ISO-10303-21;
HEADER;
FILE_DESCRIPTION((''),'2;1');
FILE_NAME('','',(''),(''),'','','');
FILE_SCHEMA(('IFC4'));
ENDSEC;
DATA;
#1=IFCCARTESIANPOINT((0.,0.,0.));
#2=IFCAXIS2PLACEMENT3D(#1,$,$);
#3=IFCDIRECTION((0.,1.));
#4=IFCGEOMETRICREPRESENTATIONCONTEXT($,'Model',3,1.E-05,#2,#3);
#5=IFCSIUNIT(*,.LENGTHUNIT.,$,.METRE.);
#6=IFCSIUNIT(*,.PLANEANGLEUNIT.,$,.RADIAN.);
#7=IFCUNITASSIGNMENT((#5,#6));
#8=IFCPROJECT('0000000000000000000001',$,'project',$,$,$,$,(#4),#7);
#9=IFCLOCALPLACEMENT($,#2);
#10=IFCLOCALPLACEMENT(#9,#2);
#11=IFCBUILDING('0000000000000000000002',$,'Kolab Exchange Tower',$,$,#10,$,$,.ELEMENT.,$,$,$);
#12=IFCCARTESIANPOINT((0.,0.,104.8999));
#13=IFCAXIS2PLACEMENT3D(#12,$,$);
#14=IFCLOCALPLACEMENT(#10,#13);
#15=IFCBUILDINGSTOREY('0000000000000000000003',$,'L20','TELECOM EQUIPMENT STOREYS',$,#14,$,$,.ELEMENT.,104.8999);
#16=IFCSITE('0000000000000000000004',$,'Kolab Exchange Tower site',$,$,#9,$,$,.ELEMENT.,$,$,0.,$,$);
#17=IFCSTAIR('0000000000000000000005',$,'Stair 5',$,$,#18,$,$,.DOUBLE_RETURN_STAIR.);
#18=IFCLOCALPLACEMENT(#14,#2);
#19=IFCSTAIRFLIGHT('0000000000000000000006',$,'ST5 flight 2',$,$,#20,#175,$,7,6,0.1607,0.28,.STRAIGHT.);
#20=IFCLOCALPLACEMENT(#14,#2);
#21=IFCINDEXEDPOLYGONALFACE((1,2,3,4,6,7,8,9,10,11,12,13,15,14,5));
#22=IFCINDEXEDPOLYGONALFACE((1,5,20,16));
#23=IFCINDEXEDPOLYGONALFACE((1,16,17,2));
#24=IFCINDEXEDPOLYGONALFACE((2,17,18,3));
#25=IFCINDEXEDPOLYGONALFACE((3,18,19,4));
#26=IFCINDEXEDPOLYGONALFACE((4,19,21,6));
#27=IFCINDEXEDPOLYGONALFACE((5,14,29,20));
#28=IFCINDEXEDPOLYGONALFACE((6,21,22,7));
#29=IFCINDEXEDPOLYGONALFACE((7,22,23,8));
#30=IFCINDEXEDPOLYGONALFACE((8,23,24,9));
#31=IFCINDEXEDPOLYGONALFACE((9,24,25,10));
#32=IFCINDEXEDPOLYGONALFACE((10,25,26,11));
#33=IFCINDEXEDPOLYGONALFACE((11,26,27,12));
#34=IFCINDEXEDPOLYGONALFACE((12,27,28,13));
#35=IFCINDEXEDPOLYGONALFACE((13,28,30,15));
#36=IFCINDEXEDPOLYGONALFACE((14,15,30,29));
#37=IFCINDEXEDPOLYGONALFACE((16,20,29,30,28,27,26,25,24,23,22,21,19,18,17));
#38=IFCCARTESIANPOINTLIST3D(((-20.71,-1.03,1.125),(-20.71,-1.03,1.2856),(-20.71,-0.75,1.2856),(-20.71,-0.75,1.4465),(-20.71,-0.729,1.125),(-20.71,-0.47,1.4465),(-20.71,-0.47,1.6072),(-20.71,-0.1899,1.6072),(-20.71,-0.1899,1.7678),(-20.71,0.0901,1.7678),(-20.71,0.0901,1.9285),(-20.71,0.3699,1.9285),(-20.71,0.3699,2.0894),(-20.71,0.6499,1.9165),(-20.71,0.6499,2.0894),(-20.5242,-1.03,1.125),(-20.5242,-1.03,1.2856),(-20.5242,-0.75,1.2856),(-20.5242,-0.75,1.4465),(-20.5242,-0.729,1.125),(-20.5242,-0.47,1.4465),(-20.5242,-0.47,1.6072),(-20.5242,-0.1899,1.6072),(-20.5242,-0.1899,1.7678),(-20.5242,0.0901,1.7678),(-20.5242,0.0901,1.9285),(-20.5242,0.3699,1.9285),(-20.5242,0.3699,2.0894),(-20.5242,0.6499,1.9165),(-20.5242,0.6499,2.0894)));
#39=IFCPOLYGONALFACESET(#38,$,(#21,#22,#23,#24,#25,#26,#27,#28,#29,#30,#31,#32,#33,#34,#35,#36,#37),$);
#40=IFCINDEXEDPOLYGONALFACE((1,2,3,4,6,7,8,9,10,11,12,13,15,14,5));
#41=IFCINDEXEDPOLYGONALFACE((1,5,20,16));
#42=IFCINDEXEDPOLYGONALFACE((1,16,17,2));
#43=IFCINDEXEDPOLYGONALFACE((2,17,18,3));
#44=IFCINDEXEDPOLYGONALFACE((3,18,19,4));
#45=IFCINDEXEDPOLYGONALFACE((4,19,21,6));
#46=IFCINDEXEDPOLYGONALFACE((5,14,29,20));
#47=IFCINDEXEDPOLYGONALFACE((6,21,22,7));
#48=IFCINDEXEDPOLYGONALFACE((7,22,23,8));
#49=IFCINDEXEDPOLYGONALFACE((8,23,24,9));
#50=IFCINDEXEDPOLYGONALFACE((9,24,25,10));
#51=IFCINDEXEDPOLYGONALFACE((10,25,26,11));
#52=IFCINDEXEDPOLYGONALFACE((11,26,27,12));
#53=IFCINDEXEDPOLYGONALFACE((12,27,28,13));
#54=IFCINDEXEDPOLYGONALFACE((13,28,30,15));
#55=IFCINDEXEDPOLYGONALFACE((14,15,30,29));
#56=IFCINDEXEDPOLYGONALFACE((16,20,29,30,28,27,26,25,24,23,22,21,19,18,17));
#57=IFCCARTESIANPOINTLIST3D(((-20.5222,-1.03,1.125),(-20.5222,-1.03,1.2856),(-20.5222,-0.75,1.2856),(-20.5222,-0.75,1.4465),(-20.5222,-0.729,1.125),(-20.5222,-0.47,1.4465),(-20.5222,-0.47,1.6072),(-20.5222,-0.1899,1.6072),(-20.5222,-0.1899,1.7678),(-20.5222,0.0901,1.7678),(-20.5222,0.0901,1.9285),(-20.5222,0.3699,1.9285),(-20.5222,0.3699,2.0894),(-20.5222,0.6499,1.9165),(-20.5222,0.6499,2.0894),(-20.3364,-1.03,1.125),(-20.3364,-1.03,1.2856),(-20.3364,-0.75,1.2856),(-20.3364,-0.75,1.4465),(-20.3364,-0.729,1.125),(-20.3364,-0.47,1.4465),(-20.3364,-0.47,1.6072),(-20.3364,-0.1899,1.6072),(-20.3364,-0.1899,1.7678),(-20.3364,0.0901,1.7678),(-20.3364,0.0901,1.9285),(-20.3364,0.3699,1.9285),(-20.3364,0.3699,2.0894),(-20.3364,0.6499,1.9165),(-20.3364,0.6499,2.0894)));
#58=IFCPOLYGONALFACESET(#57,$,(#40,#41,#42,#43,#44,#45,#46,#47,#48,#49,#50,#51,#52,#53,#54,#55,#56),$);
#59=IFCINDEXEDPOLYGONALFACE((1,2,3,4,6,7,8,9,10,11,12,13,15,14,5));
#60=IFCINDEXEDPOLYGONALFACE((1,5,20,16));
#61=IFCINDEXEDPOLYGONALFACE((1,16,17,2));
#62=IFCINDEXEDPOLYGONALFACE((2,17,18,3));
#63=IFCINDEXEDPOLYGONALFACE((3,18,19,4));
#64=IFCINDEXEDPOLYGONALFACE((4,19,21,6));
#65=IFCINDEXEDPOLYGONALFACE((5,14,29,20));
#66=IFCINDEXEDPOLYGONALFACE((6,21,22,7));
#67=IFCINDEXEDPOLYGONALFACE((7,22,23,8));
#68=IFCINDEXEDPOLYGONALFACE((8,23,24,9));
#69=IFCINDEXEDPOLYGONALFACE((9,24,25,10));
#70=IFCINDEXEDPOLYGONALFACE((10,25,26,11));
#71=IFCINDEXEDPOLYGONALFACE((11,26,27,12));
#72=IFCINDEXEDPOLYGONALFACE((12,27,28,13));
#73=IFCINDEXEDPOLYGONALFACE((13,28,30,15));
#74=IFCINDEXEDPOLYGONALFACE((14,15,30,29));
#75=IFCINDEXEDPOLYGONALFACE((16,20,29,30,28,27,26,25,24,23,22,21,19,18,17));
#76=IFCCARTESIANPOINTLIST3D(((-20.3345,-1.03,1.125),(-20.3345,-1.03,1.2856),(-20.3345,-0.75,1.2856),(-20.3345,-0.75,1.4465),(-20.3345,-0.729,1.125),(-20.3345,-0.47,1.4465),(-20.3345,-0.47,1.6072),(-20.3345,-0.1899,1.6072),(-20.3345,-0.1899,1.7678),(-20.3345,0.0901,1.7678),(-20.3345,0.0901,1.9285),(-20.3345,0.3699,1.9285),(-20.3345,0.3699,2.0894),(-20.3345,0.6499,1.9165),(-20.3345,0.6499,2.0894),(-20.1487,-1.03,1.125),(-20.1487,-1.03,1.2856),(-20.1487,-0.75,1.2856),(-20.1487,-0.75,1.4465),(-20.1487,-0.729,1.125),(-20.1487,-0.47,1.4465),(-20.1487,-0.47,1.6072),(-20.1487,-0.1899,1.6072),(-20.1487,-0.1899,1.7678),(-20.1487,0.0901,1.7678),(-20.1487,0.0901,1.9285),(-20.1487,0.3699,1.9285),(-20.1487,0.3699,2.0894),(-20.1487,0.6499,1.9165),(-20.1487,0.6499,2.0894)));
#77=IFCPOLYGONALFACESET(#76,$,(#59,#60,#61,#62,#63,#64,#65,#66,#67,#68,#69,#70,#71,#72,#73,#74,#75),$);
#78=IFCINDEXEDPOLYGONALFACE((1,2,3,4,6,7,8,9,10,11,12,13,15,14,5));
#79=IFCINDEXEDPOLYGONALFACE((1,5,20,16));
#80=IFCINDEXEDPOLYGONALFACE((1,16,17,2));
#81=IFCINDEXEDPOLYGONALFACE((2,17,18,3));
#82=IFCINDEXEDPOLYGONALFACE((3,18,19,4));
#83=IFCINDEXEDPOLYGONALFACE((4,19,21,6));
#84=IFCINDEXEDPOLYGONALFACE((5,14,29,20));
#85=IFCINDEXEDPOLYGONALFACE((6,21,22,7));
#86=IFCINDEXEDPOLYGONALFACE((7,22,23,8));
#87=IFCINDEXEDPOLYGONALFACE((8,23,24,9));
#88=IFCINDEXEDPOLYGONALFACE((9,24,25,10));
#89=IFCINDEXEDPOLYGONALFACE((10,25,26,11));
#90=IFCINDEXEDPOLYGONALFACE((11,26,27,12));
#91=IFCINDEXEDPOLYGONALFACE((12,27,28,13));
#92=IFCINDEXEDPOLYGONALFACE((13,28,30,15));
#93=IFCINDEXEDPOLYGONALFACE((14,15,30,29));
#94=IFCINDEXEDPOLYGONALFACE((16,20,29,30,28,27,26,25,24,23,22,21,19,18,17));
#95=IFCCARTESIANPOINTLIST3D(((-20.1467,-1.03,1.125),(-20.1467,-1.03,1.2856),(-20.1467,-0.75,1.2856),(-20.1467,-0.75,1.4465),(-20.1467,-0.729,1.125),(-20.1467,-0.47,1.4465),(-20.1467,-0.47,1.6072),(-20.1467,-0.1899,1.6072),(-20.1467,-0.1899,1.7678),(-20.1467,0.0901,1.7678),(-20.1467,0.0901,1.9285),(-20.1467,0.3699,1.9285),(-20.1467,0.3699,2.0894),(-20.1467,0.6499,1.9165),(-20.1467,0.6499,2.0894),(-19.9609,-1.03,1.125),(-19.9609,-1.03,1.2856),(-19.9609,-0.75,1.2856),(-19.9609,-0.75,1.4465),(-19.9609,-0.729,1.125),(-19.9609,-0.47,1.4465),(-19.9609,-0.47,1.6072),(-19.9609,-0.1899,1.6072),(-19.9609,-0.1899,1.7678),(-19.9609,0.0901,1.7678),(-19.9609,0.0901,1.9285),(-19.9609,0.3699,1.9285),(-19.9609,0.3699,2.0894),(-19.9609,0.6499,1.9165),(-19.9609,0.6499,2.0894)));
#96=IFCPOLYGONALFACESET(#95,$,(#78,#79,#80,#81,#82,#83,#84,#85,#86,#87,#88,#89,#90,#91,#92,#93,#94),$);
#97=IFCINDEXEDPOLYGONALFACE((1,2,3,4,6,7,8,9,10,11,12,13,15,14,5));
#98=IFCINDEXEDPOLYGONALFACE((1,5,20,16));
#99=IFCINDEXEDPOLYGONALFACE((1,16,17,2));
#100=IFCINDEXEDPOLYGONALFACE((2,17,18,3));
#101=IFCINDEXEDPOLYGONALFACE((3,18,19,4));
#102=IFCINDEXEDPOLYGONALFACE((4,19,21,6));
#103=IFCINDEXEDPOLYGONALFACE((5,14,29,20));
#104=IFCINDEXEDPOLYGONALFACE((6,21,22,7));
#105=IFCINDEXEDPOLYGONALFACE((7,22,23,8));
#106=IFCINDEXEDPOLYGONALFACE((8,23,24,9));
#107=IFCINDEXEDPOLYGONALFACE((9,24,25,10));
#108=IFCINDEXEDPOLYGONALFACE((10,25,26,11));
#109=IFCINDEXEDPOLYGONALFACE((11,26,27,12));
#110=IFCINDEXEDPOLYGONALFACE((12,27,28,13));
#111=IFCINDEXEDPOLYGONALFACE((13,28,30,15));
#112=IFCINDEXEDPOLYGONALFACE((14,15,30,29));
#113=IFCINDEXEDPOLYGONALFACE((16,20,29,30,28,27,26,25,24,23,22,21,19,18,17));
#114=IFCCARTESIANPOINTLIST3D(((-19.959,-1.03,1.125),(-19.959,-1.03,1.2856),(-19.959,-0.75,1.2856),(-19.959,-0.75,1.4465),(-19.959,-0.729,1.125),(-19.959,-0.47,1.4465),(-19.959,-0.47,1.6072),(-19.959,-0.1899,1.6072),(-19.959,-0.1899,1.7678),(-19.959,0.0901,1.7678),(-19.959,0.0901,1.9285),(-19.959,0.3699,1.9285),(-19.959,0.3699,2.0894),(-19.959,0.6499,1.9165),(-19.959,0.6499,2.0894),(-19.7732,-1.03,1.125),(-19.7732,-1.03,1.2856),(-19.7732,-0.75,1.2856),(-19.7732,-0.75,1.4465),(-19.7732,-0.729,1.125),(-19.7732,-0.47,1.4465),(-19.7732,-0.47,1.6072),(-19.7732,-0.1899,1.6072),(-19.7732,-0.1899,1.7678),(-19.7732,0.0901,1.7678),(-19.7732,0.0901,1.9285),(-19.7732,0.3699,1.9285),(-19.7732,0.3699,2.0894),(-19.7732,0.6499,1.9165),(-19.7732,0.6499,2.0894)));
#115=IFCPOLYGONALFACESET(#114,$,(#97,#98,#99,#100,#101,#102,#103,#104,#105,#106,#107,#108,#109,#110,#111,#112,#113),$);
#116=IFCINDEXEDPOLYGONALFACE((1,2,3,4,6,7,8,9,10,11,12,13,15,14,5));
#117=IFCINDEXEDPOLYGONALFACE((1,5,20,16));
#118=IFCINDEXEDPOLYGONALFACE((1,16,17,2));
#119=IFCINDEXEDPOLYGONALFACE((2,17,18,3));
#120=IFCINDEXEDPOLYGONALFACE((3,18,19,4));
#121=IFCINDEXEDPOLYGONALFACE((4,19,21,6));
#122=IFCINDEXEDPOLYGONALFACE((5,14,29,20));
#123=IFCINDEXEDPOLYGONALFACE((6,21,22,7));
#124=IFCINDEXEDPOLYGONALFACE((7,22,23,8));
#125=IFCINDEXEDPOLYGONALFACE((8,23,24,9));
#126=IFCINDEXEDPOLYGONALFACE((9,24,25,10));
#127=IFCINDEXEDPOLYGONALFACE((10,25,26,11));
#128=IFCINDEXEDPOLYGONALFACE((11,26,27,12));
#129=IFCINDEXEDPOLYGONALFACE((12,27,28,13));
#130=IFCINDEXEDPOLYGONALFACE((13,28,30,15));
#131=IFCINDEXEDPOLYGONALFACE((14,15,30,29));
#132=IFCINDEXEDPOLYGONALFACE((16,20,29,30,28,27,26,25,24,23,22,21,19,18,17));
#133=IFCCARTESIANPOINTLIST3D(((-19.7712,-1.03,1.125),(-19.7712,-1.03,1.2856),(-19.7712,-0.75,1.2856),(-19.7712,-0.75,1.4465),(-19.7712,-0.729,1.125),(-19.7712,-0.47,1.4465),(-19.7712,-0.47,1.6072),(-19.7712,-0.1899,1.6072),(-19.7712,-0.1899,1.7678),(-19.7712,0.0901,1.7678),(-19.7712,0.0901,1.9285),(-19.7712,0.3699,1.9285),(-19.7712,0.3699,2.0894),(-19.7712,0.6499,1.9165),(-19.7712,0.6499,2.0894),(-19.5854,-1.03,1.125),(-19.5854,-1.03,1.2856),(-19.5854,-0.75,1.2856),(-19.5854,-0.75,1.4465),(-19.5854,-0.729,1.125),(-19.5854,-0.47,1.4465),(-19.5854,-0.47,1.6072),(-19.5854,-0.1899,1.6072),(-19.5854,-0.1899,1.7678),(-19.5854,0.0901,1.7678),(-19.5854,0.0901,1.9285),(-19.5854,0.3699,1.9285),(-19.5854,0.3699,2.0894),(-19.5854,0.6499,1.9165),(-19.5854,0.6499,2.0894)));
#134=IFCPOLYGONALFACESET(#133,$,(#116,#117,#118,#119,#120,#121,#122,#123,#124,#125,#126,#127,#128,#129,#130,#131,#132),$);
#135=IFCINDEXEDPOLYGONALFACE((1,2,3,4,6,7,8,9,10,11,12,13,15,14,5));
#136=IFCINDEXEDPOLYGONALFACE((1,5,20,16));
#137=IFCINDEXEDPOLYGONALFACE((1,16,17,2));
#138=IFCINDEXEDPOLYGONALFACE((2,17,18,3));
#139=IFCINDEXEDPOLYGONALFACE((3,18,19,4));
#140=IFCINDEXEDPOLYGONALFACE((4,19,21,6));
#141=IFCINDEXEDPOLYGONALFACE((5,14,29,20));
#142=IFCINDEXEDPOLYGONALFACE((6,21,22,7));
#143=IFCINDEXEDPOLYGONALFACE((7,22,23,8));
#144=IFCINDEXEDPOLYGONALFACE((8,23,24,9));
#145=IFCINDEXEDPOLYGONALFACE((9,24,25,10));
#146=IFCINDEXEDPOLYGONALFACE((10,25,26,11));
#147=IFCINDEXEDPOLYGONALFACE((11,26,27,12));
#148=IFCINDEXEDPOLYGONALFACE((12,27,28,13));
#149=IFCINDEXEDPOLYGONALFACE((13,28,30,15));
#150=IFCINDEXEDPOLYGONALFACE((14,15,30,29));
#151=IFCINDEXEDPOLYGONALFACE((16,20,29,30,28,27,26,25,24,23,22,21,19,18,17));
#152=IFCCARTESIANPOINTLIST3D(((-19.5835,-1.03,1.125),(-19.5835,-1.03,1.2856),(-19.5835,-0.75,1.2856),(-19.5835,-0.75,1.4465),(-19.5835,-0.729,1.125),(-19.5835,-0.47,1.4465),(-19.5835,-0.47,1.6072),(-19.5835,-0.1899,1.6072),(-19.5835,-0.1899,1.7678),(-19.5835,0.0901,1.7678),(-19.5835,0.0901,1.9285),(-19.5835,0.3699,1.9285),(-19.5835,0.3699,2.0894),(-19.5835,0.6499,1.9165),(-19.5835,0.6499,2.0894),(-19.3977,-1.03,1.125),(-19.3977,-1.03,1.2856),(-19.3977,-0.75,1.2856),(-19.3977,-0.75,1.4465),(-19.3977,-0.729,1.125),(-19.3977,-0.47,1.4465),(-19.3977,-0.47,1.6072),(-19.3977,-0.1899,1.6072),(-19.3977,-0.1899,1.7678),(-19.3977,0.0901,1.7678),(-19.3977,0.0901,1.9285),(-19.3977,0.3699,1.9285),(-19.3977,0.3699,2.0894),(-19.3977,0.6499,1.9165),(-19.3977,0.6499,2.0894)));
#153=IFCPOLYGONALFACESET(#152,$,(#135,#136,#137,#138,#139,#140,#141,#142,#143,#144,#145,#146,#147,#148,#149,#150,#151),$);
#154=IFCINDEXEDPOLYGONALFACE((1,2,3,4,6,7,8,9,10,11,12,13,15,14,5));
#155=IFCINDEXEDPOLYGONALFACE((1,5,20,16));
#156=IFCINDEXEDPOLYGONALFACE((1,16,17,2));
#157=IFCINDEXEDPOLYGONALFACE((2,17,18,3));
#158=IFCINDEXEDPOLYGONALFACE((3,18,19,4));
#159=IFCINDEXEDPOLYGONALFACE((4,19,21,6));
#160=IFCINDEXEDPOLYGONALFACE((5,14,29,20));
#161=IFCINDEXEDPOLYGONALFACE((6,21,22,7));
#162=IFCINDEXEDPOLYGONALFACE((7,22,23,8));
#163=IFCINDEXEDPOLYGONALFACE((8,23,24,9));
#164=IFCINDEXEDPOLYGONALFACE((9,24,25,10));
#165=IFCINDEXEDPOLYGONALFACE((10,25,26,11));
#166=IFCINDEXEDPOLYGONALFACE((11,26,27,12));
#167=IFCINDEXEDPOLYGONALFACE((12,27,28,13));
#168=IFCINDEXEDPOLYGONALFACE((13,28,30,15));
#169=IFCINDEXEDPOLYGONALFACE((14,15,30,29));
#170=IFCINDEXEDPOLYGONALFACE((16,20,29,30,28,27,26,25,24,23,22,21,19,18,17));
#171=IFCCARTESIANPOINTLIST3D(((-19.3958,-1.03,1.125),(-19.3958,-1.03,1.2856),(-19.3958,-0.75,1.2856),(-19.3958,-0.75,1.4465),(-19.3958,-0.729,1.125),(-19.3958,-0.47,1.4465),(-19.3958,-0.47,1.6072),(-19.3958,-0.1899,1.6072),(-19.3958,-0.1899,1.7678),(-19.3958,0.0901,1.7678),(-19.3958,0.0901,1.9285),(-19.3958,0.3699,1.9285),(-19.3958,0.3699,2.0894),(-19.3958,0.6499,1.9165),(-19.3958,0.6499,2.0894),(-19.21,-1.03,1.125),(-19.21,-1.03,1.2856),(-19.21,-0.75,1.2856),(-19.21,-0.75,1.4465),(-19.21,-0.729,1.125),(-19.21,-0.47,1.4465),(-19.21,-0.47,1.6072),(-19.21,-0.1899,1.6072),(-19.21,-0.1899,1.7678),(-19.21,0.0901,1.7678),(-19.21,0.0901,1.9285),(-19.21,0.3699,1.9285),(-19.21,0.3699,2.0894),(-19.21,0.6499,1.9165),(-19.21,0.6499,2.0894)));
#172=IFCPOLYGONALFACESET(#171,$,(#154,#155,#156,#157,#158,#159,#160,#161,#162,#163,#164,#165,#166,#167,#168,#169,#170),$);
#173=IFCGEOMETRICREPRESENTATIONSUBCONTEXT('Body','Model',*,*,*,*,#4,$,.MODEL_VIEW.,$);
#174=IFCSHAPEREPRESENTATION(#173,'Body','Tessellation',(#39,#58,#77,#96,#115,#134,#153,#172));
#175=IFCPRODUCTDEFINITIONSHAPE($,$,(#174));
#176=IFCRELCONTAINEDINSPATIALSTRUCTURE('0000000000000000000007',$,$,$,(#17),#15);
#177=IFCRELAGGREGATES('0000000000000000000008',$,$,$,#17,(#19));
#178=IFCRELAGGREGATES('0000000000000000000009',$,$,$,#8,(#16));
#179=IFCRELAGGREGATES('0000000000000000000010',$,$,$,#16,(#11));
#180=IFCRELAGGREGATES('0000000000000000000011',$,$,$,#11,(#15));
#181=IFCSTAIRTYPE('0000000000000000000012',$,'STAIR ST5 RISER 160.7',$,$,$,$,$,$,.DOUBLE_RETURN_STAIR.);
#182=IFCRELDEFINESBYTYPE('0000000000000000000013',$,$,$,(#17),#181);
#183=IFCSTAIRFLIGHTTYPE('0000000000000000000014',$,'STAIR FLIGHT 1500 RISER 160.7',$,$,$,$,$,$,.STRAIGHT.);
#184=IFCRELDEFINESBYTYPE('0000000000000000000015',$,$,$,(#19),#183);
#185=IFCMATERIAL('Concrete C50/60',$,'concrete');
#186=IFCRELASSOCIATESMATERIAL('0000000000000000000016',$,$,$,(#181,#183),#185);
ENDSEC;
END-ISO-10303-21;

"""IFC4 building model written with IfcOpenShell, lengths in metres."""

from ifc_helpers import new_model, si_unit, direction, frame, origin, place, context, subcontext, project, spatial, polyline, outline, extrude, material, type_object, element, aggregate, save


model = new_model("IFC4")

# Units and contexts
model_context = context("Model", 3, precision=1e-05, world=origin(), true_north=direction((0.0, 1.0)))
body_context = subcontext(model_context, "Body", "Model", "MODEL_VIEW")
ifc_project = project(units=[si_unit("LENGTHUNIT", "METRE"), si_unit("PLANEANGLEUNIT", "RADIAN")], contexts=[model_context])

# Site, building, storey
site_placement = place(None, origin())
site = spatial("IfcSite", under=ifc_project, at=site_placement, Name="Kolab Exchange Tower site", CompositionType="ELEMENT", RefElevation=0.0)
building_placement = place(site_placement, origin())
building = spatial("IfcBuilding", under=site, at=building_placement, Name="Kolab Exchange Tower", CompositionType="ELEMENT")
storey_placement = place(building_placement, frame((0.0, 0.0, 104.8999)))
storey = spatial("IfcBuildingStorey", under=building, at=storey_placement, Name="L20", Description="TELECOM EQUIPMENT STOREYS", CompositionType="ELEMENT", Elevation=104.8999)

# Shared definitions
ifc_material_1 = material(Name="Concrete C50/60", Category="concrete")

# Stair, stair flight
stair_type = type_object("IfcStairType", Name="STAIR ST5 RISER 160.7", PredefinedType="DOUBLE_RETURN_STAIR", material=ifc_material_1)
stair_placement = place(storey_placement, origin())
stair = element("IfcStair", 1, at=stair_placement, inside=storey, type_object=stair_type, Name="Stair 5", PredefinedType="DOUBLE_RETURN_STAIR")
stair_flight_type = type_object("IfcStairFlightType", Name="STAIR FLIGHT 1500 RISER 160.7", PredefinedType="STRAIGHT", material=ifc_material_1)
stair_flight_1_placement = place(storey_placement, frame((-19.96, -1.03, 1.125), z_axis=(0.0, 0.0, 1.0), x_axis=(0.0, 1.0, 0.0)))
stair_flight_1 = element("IfcStairFlight", 2, at=stair_flight_1_placement, type_object=stair_flight_type, Name="ST5 flight 2", NumberOfRisers=7, NumberOfTreads=6, PredefinedType="STRAIGHT", RiserHeight=0.1607, TreadLength=0.28, context=body_context, shape_type="SweptSolid", body=[
    extrude(outline(polyline([(0.0, 0.0), (0.0, 0.1606), (0.28, 0.1606), (0.28, 0.3215), (0.5601, 0.3215), (0.5601, 0.4822), (0.8401, 0.4822), (0.8401, 0.6428), (1.1201, 0.6428), (1.1201, 0.8035), (1.3999, 0.8035), (1.3999, 0.9644), (1.6799, 0.9644), (1.6799, 1.125), (1.6799, 0.7915), (0.301, 0.0), (0.0, 0.0)])), frame((0.0, 0.75, 0.0), z_axis=(0.0, -1.0, 0.0), x_axis=(1.0, 0.0, 0.0)), (0.0, 0.0, 1.0), 0.1858),
    extrude(outline(polyline([(0.0, 0.0), (0.0, 0.1606), (0.28, 0.1606), (0.28, 0.3215), (0.5601, 0.3215), (0.5601, 0.4822), (0.8401, 0.4822), (0.8401, 0.6428), (1.1201, 0.6428), (1.1201, 0.8035), (1.3999, 0.8035), (1.3999, 0.9644), (1.6799, 0.9644), (1.6799, 1.125), (1.6799, 0.7915), (0.301, 0.0), (0.0, 0.0)])), frame((0.0, 0.5623, 0.0), z_axis=(0.0, -1.0, 0.0), x_axis=(1.0, 0.0, 0.0)), (0.0, 0.0, 1.0), 0.1858),
    extrude(outline(polyline([(0.0, 0.0), (0.0, 0.1606), (0.28, 0.1606), (0.28, 0.3215), (0.5601, 0.3215), (0.5601, 0.4822), (0.8401, 0.4822), (0.8401, 0.6428), (1.1201, 0.6428), (1.1201, 0.8035), (1.3999, 0.8035), (1.3999, 0.9644), (1.6799, 0.9644), (1.6799, 1.125), (1.6799, 0.7915), (0.301, 0.0), (0.0, 0.0)])), frame((0.0, 0.3745, 0.0), z_axis=(0.0, -1.0, 0.0), x_axis=(1.0, 0.0, 0.0)), (0.0, 0.0, 1.0), 0.1858),
    extrude(outline(polyline([(0.0, 0.0), (0.0, 0.1606), (0.28, 0.1606), (0.28, 0.3215), (0.5601, 0.3215), (0.5601, 0.4822), (0.8401, 0.4822), (0.8401, 0.6428), (1.1201, 0.6428), (1.1201, 0.8035), (1.3999, 0.8035), (1.3999, 0.9644), (1.6799, 0.9644), (1.6799, 1.125), (1.6799, 0.7915), (0.301, 0.0), (0.0, 0.0)])), frame((0.0, 0.1868, 0.0), z_axis=(0.0, -1.0, 0.0), x_axis=(1.0, 0.0, 0.0)), (0.0, 0.0, 1.0), 0.1858),
    extrude(outline(polyline([(0.0, 0.0), (0.0, 0.1606), (0.28, 0.1606), (0.28, 0.3215), (0.5601, 0.3215), (0.5601, 0.4822), (0.8401, 0.4822), (0.8401, 0.6428), (1.1201, 0.6428), (1.1201, 0.8035), (1.3999, 0.8035), (1.3999, 0.9644), (1.6799, 0.9644), (1.6799, 1.125), (1.6799, 0.7915), (0.301, 0.0), (0.0, 0.0)])), frame((0.0, -0.001, 0.0), z_axis=(0.0, -1.0, 0.0), x_axis=(1.0, 0.0, 0.0)), (0.0, 0.0, 1.0), 0.1858),
    extrude(outline(polyline([(0.0, 0.0), (0.0, 0.1606), (0.28, 0.1606), (0.28, 0.3215), (0.5601, 0.3215), (0.5601, 0.4822), (0.8401, 0.4822), (0.8401, 0.6428), (1.1201, 0.6428), (1.1201, 0.8035), (1.3999, 0.8035), (1.3999, 0.9644), (1.6799, 0.9644), (1.6799, 1.125), (1.6799, 0.7915), (0.301, 0.0), (0.0, 0.0)])), frame((0.0, -0.1887, 0.0), z_axis=(0.0, -1.0, 0.0), x_axis=(1.0, 0.0, 0.0)), (0.0, 0.0, 1.0), 0.1858),
    extrude(outline(polyline([(0.0, 0.0), (0.0, 0.1606), (0.28, 0.1606), (0.28, 0.3215), (0.5601, 0.3215), (0.5601, 0.4822), (0.8401, 0.4822), (0.8401, 0.6428), (1.1201, 0.6428), (1.1201, 0.8035), (1.3999, 0.8035), (1.3999, 0.9644), (1.6799, 0.9644), (1.6799, 1.125), (1.6799, 0.7915), (0.301, 0.0), (0.0, 0.0)])), frame((0.0, -0.3765, 0.0), z_axis=(0.0, -1.0, 0.0), x_axis=(1.0, 0.0, 0.0)), (0.0, 0.0, 1.0), 0.1858),
    extrude(outline(polyline([(0.0, 0.0), (0.0, 0.1606), (0.28, 0.1606), (0.28, 0.3215), (0.5601, 0.3215), (0.5601, 0.4822), (0.8401, 0.4822), (0.8401, 0.6428), (1.1201, 0.6428), (1.1201, 0.8035), (1.3999, 0.8035), (1.3999, 0.9644), (1.6799, 0.9644), (1.6799, 1.125), (1.6799, 0.7915), (0.301, 0.0), (0.0, 0.0)])), frame((0.0, -0.5642, 0.0), z_axis=(0.0, -1.0, 0.0), x_axis=(1.0, 0.0, 0.0)), (0.0, 0.0, 1.0), 0.1858),
])
aggregate(stair, [stair_flight_1])

save(model, "model.ifc")
